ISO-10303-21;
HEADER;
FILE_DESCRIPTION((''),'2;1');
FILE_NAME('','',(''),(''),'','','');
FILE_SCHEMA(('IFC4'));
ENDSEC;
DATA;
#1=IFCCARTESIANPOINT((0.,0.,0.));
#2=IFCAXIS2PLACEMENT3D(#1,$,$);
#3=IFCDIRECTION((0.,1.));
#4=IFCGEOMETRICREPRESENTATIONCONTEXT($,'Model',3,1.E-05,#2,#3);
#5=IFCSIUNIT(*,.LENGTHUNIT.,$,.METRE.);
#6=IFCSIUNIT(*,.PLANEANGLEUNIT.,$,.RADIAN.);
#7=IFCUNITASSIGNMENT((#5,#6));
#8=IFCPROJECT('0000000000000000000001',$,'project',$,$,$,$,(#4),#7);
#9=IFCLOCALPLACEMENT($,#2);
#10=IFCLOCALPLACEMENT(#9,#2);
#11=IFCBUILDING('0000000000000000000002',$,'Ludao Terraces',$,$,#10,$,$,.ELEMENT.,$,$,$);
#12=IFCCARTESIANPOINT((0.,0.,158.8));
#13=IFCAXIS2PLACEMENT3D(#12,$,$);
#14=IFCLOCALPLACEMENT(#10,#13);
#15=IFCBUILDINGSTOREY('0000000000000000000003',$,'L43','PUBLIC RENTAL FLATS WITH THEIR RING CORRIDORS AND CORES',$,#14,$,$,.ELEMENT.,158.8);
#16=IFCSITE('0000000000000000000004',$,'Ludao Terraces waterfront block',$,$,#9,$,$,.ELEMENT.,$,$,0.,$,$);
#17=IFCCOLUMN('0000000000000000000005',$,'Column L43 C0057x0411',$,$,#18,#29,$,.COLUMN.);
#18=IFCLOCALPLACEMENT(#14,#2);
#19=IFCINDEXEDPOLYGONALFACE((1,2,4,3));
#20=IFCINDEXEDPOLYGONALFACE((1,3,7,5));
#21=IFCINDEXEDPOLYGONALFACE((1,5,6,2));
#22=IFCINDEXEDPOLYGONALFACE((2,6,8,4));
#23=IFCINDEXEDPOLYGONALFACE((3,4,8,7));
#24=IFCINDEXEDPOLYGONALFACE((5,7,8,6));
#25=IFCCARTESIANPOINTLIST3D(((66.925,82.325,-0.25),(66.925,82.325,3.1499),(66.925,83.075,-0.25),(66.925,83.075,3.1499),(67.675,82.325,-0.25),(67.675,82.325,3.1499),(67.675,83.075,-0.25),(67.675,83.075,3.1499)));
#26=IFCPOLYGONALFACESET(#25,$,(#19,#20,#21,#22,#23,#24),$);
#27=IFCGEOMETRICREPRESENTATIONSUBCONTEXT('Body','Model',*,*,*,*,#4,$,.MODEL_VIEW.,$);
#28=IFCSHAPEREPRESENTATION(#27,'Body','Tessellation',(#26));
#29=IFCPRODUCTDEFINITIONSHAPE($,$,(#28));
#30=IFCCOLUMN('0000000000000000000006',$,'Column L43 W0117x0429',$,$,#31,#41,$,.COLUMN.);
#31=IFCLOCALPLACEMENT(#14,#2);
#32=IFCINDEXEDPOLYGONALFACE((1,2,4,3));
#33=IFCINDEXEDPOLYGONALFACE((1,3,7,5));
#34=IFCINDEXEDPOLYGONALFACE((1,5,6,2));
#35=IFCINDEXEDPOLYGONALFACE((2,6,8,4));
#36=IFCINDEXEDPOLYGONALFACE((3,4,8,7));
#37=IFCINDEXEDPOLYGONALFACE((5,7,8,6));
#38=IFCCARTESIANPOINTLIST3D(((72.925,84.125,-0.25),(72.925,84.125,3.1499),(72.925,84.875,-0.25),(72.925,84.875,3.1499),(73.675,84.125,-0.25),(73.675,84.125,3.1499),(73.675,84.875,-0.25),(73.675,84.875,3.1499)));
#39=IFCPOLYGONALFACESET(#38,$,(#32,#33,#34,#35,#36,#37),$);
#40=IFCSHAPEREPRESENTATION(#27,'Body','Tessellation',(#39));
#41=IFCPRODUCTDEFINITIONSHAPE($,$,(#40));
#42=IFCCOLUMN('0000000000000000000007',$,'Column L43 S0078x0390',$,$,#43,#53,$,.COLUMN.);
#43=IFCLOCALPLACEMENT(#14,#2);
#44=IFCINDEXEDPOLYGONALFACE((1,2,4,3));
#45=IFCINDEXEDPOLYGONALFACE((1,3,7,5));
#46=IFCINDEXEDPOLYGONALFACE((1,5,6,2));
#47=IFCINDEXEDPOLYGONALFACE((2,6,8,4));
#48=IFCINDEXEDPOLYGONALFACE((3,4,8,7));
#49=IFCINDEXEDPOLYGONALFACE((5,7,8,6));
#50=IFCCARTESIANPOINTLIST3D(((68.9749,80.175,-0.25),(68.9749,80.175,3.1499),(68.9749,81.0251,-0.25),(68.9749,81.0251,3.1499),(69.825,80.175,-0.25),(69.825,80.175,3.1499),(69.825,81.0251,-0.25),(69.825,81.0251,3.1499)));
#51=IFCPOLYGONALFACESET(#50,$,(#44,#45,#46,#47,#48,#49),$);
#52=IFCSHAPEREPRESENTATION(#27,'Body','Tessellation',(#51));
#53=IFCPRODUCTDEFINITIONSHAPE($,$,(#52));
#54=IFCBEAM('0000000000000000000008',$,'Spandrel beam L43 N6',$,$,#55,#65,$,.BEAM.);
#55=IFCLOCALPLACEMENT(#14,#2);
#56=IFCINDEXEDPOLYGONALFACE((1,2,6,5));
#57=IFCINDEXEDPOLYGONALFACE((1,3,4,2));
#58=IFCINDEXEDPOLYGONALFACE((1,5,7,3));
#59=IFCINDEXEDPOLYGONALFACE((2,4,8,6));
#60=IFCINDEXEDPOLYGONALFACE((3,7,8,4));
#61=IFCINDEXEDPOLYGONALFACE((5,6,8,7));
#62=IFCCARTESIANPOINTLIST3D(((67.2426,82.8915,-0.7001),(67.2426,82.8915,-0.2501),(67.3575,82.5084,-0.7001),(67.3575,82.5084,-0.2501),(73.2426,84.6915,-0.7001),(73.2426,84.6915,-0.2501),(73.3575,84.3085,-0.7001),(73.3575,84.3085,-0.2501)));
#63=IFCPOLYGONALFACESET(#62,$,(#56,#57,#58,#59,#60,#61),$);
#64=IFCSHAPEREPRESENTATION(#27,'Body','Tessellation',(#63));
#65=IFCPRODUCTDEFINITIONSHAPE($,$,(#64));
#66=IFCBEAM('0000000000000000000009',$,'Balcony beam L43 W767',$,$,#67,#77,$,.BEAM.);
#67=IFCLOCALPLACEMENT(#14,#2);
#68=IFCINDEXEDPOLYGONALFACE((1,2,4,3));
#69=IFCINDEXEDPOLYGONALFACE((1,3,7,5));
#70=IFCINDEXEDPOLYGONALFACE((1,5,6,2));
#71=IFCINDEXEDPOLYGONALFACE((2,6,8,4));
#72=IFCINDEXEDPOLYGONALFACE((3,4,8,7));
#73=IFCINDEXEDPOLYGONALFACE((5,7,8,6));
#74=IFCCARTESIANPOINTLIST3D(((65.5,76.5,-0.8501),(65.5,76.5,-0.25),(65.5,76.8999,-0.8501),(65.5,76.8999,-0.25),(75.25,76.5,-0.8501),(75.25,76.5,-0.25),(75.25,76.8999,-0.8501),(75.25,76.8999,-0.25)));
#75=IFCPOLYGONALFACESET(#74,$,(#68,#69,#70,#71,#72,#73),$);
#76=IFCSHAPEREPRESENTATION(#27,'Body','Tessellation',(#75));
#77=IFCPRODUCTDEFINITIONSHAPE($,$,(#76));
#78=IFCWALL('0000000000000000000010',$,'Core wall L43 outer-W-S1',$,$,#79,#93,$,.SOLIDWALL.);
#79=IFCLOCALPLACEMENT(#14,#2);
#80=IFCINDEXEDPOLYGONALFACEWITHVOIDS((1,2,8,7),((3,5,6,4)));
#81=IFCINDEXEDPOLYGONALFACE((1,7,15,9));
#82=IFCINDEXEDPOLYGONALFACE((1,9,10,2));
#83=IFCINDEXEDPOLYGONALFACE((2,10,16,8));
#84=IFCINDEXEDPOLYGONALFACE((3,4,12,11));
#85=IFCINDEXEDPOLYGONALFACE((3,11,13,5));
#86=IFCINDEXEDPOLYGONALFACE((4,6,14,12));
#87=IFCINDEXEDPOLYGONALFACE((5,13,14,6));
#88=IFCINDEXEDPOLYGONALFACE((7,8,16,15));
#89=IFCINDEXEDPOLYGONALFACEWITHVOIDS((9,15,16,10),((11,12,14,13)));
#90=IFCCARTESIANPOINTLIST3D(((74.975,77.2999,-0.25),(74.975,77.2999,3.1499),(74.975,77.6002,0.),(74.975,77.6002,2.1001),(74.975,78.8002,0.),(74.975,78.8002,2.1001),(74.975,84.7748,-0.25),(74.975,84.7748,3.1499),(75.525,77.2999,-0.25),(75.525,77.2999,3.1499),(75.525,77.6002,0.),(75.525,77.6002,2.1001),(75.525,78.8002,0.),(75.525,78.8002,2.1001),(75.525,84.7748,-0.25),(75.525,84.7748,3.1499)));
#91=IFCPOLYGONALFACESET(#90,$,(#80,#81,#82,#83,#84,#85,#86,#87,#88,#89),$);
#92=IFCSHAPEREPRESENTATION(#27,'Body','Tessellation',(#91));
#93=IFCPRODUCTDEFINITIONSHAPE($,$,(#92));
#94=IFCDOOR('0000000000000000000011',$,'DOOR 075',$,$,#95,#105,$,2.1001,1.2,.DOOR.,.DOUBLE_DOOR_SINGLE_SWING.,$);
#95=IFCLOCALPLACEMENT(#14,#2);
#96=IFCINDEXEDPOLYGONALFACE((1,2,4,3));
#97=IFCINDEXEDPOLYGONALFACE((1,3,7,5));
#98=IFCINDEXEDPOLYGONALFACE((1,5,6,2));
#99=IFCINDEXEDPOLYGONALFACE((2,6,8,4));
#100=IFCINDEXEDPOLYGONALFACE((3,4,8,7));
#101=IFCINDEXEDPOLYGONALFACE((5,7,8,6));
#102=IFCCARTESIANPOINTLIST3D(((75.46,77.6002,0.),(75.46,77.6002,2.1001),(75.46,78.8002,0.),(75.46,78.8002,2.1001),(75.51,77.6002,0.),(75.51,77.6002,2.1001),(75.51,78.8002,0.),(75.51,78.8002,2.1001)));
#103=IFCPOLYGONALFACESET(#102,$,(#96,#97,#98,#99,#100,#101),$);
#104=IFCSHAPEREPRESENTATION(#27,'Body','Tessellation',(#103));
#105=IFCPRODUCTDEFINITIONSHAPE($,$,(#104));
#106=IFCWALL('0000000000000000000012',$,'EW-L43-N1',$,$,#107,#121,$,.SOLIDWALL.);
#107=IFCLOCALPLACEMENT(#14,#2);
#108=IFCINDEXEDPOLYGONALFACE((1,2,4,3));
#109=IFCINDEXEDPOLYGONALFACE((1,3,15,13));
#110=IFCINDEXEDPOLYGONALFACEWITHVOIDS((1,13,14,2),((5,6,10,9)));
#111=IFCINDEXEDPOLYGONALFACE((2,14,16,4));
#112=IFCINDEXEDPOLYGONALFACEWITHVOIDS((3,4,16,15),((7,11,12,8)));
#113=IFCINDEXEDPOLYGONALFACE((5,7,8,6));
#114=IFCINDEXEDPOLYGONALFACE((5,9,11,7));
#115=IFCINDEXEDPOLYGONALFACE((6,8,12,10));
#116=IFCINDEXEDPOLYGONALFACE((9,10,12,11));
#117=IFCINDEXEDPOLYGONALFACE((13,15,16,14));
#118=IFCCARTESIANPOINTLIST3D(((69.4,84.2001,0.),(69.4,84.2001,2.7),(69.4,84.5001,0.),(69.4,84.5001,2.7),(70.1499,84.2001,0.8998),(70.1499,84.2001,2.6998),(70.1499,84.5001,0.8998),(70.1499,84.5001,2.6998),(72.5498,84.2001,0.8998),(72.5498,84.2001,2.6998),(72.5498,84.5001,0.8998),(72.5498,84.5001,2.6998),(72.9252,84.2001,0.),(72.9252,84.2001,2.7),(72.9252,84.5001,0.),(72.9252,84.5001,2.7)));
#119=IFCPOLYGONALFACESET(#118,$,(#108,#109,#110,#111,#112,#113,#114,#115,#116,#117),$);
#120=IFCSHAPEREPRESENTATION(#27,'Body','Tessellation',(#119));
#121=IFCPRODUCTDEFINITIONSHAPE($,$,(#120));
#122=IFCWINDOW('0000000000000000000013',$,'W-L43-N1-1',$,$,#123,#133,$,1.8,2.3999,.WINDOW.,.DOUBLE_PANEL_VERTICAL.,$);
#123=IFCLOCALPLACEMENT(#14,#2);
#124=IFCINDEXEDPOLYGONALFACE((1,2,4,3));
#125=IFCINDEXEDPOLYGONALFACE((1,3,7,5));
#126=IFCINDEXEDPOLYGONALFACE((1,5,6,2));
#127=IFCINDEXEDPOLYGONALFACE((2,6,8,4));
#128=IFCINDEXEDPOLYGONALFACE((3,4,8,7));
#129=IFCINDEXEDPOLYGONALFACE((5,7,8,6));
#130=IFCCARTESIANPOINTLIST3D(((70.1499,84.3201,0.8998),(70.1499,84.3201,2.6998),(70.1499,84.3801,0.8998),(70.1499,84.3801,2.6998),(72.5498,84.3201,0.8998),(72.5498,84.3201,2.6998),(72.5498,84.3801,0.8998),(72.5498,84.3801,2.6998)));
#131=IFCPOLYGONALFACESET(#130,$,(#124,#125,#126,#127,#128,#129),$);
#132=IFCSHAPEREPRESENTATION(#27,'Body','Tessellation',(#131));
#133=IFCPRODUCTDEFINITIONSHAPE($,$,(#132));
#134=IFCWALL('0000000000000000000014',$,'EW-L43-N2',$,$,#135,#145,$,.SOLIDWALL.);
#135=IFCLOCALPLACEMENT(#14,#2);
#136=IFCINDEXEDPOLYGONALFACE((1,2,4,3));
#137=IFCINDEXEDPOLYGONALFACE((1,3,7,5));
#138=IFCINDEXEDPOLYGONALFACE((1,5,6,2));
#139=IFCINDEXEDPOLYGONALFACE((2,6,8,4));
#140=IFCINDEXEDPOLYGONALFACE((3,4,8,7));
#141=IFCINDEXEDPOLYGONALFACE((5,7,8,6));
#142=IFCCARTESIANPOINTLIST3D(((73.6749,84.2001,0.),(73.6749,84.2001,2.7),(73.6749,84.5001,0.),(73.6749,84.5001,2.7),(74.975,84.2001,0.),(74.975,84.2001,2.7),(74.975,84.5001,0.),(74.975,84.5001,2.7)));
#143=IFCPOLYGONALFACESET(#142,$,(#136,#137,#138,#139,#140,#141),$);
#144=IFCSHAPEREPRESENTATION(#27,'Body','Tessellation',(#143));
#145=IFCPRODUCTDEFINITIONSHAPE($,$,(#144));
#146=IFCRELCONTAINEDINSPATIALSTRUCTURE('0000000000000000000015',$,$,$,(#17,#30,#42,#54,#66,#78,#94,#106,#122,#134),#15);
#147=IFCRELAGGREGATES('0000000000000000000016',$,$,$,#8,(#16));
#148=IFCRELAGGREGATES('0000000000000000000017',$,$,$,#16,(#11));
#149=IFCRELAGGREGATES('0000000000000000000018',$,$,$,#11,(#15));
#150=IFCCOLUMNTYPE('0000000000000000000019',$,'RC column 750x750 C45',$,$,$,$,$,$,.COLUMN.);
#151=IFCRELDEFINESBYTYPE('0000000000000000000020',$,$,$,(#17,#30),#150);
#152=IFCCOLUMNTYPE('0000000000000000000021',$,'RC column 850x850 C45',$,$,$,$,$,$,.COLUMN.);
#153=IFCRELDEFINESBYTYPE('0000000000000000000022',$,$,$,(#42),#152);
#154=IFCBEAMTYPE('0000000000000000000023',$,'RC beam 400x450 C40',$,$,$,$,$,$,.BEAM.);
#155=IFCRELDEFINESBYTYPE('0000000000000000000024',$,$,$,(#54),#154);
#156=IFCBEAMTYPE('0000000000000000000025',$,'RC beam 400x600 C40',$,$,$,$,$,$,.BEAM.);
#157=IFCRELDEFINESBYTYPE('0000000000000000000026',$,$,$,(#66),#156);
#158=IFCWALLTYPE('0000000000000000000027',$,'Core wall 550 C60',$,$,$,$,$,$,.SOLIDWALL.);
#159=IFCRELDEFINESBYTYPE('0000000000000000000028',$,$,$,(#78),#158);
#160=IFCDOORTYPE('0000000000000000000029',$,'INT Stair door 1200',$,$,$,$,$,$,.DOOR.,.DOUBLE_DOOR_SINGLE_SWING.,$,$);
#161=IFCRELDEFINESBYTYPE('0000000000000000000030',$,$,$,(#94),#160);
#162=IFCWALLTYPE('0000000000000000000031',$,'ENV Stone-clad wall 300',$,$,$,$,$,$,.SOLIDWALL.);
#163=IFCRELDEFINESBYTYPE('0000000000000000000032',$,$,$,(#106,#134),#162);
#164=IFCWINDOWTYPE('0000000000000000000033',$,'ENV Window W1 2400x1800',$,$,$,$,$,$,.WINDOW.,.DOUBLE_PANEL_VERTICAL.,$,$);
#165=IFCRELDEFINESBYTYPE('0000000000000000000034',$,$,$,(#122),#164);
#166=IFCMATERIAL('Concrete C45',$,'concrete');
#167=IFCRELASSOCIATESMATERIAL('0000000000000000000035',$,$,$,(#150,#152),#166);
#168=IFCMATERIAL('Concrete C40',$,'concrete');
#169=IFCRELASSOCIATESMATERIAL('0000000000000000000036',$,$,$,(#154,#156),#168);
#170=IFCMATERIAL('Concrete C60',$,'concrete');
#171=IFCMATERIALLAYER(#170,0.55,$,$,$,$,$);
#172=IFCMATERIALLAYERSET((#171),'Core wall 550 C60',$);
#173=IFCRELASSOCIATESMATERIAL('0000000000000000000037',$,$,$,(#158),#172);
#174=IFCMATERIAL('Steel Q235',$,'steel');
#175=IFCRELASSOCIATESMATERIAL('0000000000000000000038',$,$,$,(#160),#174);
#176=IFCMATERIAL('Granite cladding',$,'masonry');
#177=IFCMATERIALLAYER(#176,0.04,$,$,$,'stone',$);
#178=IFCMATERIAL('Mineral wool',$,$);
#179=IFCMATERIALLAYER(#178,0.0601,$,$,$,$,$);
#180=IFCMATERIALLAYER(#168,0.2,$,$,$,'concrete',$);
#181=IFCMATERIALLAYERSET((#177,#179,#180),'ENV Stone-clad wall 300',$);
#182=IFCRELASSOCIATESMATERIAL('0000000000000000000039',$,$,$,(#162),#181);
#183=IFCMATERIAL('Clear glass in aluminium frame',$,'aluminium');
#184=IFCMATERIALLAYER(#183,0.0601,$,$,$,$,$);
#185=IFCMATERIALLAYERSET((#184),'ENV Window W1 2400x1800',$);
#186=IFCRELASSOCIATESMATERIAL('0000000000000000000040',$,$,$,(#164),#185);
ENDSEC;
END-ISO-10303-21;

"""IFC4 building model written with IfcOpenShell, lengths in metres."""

from ifc_helpers import new_model, si_unit, direction, frame, frame_2d, origin, origin_2d, place, context, subcontext, project, spatial, rectangle, extrude, material, layer, layer_set, material_profile, profile_set, type_object, element, fill, save


model = new_model("IFC4")

# Units and contexts
model_context = context("Model", 3, precision=1e-05, world=origin(), true_north=direction((0.0, 1.0)))
body_context = subcontext(model_context, "Body", "Model", "MODEL_VIEW")
ifc_project = project(units=[si_unit("LENGTHUNIT", "METRE"), si_unit("PLANEANGLEUNIT", "RADIAN")], contexts=[model_context])

# Site, building, storey
site_placement = place(None, origin())
site = spatial("IfcSite", under=ifc_project, at=site_placement, Name="Ludao Terraces waterfront block", CompositionType="ELEMENT", RefElevation=0.0)
building_placement = place(site_placement, origin())
building = spatial("IfcBuilding", under=site, at=building_placement, Name="Ludao Terraces", CompositionType="ELEMENT")
storey_placement = place(building_placement, frame((0.0, 0.0, 158.8)))
storey = spatial("IfcBuildingStorey", under=building, at=storey_placement, Name="L43", Description="PUBLIC RENTAL FLATS WITH THEIR RING CORRIDORS AND CORES", CompositionType="ELEMENT", Elevation=158.8)

# Columns
ifc_material_1 = material(Name="Concrete C45", Category="concrete")
ifc_material_profile_1 = material_profile(ifc_material_1, rectangle(XDim=0.75, YDim=0.75, at=origin_2d()), Name="750 X 750")
ifc_profile_set_1 = profile_set([ifc_material_profile_1], Name="Concrete C45")
column_type_1 = type_object("IfcColumnType", Name="RC column 750x750 C45", PredefinedType="COLUMN", material=ifc_profile_set_1)
for number, where, z_axis, x_axis, name in (
    (1, (67.3, 82.7, -0.25), (0.0, 0.0, 1.0), (1.0, 0.0, 0.0), "Column L43 C0057x0411"),
    (2, (73.3, 84.5, -0.25), (0.0, 0.0, 1.0), (1.0, 0.0, 0.0), "Column L43 W0117x0429"),
):
    element("IfcColumn", number, at=place(storey_placement, frame(where, z_axis=z_axis, x_axis=x_axis)), inside=storey, type_object=column_type_1, Name=name, PredefinedType="COLUMN", context=body_context, shape_type="SweptSolid", body=[
        extrude(rectangle(XDim=0.75, YDim=0.75, at=origin_2d()), origin(), (0.0, 0.0, 1.0), 3.3999),
    ])
ifc_material_profile_2 = material_profile(ifc_material_1, rectangle(XDim=0.8501, YDim=0.8501, at=origin_2d()), Name="850 X 850")
ifc_profile_set_2 = profile_set([ifc_material_profile_2], Name="Concrete C45")
column_type_2 = type_object("IfcColumnType", Name="RC column 850x850 C45", PredefinedType="COLUMN", material=ifc_profile_set_2)
column_placement = place(storey_placement, frame((69.3999, 80.6001, -0.25), z_axis=(0.0, 0.0, 1.0), x_axis=(1.0, 0.0, 0.0)))
element("IfcColumn", 3, at=column_placement, inside=storey, type_object=column_type_2, Name="Column L43 S0078x0390", PredefinedType="COLUMN", context=body_context, shape_type="SweptSolid", body=[
    extrude(rectangle(XDim=0.8501, YDim=0.8501, at=origin_2d()), origin(), (0.0, 0.0, 1.0), 3.3999),
])

# Beams
ifc_material_2 = material(Name="Concrete C40", Category="concrete")
ifc_material_profile_3 = material_profile(ifc_material_2, rectangle(XDim=0.3999, YDim=0.45, at=origin_2d()), Name="400 X 450")
ifc_profile_set_3 = profile_set([ifc_material_profile_3], Name="Concrete C40")
beam_type_1 = type_object("IfcBeamType", Name="RC beam 400x450 C40", PredefinedType="BEAM", material=ifc_profile_set_3)
beam_1_placement = place(storey_placement, frame((67.3, 82.7, -0.4751), z_axis=(0.957824, 0.287355, 0.0), x_axis=(-0.287355, 0.957824, 0.0)))
element("IfcBeam", 4, at=beam_1_placement, inside=storey, type_object=beam_type_1, Name="Spandrel beam L43 N6", PredefinedType="BEAM", context=body_context, shape_type="SweptSolid", body=[
    extrude(rectangle(XDim=0.3999, YDim=0.45, at=origin_2d()), origin(), (0.0, 0.0, 1.0), 6.2642),
])
ifc_material_profile_4 = material_profile(ifc_material_2, rectangle(XDim=0.3999, YDim=0.6001, at=origin_2d()), Name="400 X 600")
ifc_profile_set_4 = profile_set([ifc_material_profile_4], Name="Concrete C40")
beam_type_2 = type_object("IfcBeamType", Name="RC beam 400x600 C40", PredefinedType="BEAM", material=ifc_profile_set_4)
beam_2_placement = place(storey_placement, frame((75.25, 76.7, -0.55), z_axis=(-1.0, 0.0, 0.0), x_axis=(0.0, -1.0, 0.0)))
element("IfcBeam", 5, at=beam_2_placement, inside=storey, type_object=beam_type_2, Name="Balcony beam L43 W767", PredefinedType="BEAM", context=body_context, shape_type="SweptSolid", body=[
    extrude(rectangle(XDim=0.3999, YDim=0.6001, at=origin_2d()), origin(), (0.0, 0.0, 1.0), 9.75),
])

# Wall, opening, door
ifc_material_3 = material(Name="Concrete C60", Category="concrete")
ifc_layer_1 = layer(ifc_material_3, 0.55)
ifc_layer_set_1 = layer_set([ifc_layer_1], Name="Core wall 550 C60")
wall_type_1 = type_object("IfcWallType", Name="Core wall 550 C60", PredefinedType="SOLIDWALL", material=ifc_layer_set_1)
wall_1_placement = place(storey_placement, frame((75.25, 77.3, -0.25), z_axis=(0.0, 0.0, 1.0), x_axis=(0.0, 1.0, 0.0)))
wall_1 = element("IfcWall", 6, at=wall_1_placement, inside=storey, type_object=wall_type_1, Name="Core wall L43 outer-W-S1", PredefinedType="SOLIDWALL", context=body_context, shape_type="SweptSolid", body=[
    extrude(rectangle(XDim=7.4749, YDim=0.55, at=frame_2d((3.7373, 0.0))), origin(), (0.0, 0.0, 1.0), 3.3999),
])
opening_1_placement = place(wall_1_placement, frame((0.3, 0.0, 0.25)))
opening_1 = element("IfcOpeningElement", 7, at=opening_1_placement, cuts=wall_1, PredefinedType="OPENING", context=body_context, shape_type="SweptSolid", body=[
    extrude(rectangle(XDim=1.2, YDim=2.1001, at=frame_2d((0.6001, 1.05))), frame((0.0, 0.2852, 0.0), z_axis=(0.0, -1.0, 0.0), x_axis=(1.0, 0.0, 0.0)), (0.0, 0.0, 1.0), 0.5701),
])
ifc_material_4 = material(Name="Steel Q235", Category="steel")
door_type_1 = type_object("IfcDoorType", Name="INT Stair door 1200", OperationType="DOUBLE_DOOR_SINGLE_SWING", PredefinedType="DOOR", material=ifc_material_4)
door_1_placement = place(opening_1_placement, origin())
door_1 = element("IfcDoor", 8, at=door_1_placement, inside=storey, type_object=door_type_1, Name="DOOR 075", OperationType="DOUBLE_DOOR_SINGLE_SWING", OverallHeight=2.1001, OverallWidth=1.2, PredefinedType="DOOR", context=body_context, shape_type="SweptSolid", body=[
    extrude(rectangle(XDim=1.2, YDim=2.1001, at=frame_2d((0.6001, 1.05))), frame((0.0, -0.21, 0.0), z_axis=(0.0, -1.0, 0.0), x_axis=(1.0, 0.0, 0.0)), (0.0, 0.0, 1.0), 0.05),
])
fill(opening_1, door_1)

# Wall, opening, window
ifc_material_5 = material(Name="Granite cladding", Category="masonry")
ifc_layer_2 = layer(ifc_material_5, 0.04, Category="stone")
ifc_material_6 = material(Name="Mineral wool")
ifc_layer_3 = layer(ifc_material_6, 0.0601)
ifc_layer_4 = layer(ifc_material_2, 0.2, Category="concrete")
ifc_layer_set_2 = layer_set([ifc_layer_2, ifc_layer_3, ifc_layer_4], Name="ENV Stone-clad wall 300")
wall_type_2 = type_object("IfcWallType", Name="ENV Stone-clad wall 300", PredefinedType="SOLIDWALL", material=ifc_layer_set_2)
wall_2_placement = place(storey_placement, frame((69.3999, 84.3501, 0.0), z_axis=(0.0, 0.0, 1.0), x_axis=(1.0, 0.0, 0.0)))
wall_2 = element("IfcWall", 9, at=wall_2_placement, inside=storey, type_object=wall_type_2, Name="EW-L43-N1", PredefinedType="SOLIDWALL", context=body_context, shape_type="SweptSolid", body=[
    extrude(rectangle(XDim=3.5251, YDim=0.3, at=frame_2d((1.7627, 0.0))), origin(), (0.0, 0.0, 1.0), 2.7),
])
opening_2_placement = place(wall_2_placement, frame((0.75, 0.0, 0.8999)))
opening_2 = element("IfcOpeningElement", 10, at=opening_2_placement, cuts=wall_2, PredefinedType="OPENING", context=body_context, shape_type="SweptSolid", body=[
    extrude(rectangle(XDim=2.3999, YDim=1.8, at=frame_2d((1.2, 0.8999))), frame((0.0, 0.1602, 0.0), z_axis=(0.0, -1.0, 0.0), x_axis=(1.0, 0.0, 0.0)), (0.0, 0.0, 1.0), 0.3201),
])
ifc_material_7 = material(Name="Clear glass in aluminium frame", Category="aluminium")
ifc_layer_5 = layer(ifc_material_7, 0.0601)
ifc_layer_set_3 = layer_set([ifc_layer_5], Name="ENV Window W1 2400x1800")
window_type_1 = type_object("IfcWindowType", Name="ENV Window W1 2400x1800", PartitioningType="DOUBLE_PANEL_VERTICAL", PredefinedType="WINDOW", material=ifc_layer_set_3)
window_1_placement = place(opening_2_placement, origin())
window_1 = element("IfcWindow", 11, at=window_1_placement, inside=storey, type_object=window_type_1, Name="W-L43-N1-1", OverallHeight=1.8, OverallWidth=2.3999, PartitioningType="DOUBLE_PANEL_VERTICAL", PredefinedType="WINDOW", context=body_context, shape_type="SweptSolid", body=[
    extrude(rectangle(XDim=2.3999, YDim=1.8, at=frame_2d((1.2, 0.8999))), frame((0.0, 0.03, 0.0), z_axis=(0.0, -1.0, 0.0), x_axis=(1.0, 0.0, 0.0)), (0.0, 0.0, 1.0), 0.0601),
])
fill(opening_2, window_1)

# Wall
wall_3_placement = place(storey_placement, frame((73.675, 84.3501, 0.0), z_axis=(0.0, 0.0, 1.0), x_axis=(1.0, 0.0, 0.0)))
element("IfcWall", 12, at=wall_3_placement, inside=storey, type_object=wall_type_2, Name="EW-L43-N2", PredefinedType="SOLIDWALL", context=body_context, shape_type="SweptSolid", body=[
    extrude(rectangle(XDim=1.3, YDim=0.3, at=frame_2d((0.6499, 0.0))), origin(), (0.0, 0.0, 1.0), 2.7),
])

save(model, "model.ifc")
